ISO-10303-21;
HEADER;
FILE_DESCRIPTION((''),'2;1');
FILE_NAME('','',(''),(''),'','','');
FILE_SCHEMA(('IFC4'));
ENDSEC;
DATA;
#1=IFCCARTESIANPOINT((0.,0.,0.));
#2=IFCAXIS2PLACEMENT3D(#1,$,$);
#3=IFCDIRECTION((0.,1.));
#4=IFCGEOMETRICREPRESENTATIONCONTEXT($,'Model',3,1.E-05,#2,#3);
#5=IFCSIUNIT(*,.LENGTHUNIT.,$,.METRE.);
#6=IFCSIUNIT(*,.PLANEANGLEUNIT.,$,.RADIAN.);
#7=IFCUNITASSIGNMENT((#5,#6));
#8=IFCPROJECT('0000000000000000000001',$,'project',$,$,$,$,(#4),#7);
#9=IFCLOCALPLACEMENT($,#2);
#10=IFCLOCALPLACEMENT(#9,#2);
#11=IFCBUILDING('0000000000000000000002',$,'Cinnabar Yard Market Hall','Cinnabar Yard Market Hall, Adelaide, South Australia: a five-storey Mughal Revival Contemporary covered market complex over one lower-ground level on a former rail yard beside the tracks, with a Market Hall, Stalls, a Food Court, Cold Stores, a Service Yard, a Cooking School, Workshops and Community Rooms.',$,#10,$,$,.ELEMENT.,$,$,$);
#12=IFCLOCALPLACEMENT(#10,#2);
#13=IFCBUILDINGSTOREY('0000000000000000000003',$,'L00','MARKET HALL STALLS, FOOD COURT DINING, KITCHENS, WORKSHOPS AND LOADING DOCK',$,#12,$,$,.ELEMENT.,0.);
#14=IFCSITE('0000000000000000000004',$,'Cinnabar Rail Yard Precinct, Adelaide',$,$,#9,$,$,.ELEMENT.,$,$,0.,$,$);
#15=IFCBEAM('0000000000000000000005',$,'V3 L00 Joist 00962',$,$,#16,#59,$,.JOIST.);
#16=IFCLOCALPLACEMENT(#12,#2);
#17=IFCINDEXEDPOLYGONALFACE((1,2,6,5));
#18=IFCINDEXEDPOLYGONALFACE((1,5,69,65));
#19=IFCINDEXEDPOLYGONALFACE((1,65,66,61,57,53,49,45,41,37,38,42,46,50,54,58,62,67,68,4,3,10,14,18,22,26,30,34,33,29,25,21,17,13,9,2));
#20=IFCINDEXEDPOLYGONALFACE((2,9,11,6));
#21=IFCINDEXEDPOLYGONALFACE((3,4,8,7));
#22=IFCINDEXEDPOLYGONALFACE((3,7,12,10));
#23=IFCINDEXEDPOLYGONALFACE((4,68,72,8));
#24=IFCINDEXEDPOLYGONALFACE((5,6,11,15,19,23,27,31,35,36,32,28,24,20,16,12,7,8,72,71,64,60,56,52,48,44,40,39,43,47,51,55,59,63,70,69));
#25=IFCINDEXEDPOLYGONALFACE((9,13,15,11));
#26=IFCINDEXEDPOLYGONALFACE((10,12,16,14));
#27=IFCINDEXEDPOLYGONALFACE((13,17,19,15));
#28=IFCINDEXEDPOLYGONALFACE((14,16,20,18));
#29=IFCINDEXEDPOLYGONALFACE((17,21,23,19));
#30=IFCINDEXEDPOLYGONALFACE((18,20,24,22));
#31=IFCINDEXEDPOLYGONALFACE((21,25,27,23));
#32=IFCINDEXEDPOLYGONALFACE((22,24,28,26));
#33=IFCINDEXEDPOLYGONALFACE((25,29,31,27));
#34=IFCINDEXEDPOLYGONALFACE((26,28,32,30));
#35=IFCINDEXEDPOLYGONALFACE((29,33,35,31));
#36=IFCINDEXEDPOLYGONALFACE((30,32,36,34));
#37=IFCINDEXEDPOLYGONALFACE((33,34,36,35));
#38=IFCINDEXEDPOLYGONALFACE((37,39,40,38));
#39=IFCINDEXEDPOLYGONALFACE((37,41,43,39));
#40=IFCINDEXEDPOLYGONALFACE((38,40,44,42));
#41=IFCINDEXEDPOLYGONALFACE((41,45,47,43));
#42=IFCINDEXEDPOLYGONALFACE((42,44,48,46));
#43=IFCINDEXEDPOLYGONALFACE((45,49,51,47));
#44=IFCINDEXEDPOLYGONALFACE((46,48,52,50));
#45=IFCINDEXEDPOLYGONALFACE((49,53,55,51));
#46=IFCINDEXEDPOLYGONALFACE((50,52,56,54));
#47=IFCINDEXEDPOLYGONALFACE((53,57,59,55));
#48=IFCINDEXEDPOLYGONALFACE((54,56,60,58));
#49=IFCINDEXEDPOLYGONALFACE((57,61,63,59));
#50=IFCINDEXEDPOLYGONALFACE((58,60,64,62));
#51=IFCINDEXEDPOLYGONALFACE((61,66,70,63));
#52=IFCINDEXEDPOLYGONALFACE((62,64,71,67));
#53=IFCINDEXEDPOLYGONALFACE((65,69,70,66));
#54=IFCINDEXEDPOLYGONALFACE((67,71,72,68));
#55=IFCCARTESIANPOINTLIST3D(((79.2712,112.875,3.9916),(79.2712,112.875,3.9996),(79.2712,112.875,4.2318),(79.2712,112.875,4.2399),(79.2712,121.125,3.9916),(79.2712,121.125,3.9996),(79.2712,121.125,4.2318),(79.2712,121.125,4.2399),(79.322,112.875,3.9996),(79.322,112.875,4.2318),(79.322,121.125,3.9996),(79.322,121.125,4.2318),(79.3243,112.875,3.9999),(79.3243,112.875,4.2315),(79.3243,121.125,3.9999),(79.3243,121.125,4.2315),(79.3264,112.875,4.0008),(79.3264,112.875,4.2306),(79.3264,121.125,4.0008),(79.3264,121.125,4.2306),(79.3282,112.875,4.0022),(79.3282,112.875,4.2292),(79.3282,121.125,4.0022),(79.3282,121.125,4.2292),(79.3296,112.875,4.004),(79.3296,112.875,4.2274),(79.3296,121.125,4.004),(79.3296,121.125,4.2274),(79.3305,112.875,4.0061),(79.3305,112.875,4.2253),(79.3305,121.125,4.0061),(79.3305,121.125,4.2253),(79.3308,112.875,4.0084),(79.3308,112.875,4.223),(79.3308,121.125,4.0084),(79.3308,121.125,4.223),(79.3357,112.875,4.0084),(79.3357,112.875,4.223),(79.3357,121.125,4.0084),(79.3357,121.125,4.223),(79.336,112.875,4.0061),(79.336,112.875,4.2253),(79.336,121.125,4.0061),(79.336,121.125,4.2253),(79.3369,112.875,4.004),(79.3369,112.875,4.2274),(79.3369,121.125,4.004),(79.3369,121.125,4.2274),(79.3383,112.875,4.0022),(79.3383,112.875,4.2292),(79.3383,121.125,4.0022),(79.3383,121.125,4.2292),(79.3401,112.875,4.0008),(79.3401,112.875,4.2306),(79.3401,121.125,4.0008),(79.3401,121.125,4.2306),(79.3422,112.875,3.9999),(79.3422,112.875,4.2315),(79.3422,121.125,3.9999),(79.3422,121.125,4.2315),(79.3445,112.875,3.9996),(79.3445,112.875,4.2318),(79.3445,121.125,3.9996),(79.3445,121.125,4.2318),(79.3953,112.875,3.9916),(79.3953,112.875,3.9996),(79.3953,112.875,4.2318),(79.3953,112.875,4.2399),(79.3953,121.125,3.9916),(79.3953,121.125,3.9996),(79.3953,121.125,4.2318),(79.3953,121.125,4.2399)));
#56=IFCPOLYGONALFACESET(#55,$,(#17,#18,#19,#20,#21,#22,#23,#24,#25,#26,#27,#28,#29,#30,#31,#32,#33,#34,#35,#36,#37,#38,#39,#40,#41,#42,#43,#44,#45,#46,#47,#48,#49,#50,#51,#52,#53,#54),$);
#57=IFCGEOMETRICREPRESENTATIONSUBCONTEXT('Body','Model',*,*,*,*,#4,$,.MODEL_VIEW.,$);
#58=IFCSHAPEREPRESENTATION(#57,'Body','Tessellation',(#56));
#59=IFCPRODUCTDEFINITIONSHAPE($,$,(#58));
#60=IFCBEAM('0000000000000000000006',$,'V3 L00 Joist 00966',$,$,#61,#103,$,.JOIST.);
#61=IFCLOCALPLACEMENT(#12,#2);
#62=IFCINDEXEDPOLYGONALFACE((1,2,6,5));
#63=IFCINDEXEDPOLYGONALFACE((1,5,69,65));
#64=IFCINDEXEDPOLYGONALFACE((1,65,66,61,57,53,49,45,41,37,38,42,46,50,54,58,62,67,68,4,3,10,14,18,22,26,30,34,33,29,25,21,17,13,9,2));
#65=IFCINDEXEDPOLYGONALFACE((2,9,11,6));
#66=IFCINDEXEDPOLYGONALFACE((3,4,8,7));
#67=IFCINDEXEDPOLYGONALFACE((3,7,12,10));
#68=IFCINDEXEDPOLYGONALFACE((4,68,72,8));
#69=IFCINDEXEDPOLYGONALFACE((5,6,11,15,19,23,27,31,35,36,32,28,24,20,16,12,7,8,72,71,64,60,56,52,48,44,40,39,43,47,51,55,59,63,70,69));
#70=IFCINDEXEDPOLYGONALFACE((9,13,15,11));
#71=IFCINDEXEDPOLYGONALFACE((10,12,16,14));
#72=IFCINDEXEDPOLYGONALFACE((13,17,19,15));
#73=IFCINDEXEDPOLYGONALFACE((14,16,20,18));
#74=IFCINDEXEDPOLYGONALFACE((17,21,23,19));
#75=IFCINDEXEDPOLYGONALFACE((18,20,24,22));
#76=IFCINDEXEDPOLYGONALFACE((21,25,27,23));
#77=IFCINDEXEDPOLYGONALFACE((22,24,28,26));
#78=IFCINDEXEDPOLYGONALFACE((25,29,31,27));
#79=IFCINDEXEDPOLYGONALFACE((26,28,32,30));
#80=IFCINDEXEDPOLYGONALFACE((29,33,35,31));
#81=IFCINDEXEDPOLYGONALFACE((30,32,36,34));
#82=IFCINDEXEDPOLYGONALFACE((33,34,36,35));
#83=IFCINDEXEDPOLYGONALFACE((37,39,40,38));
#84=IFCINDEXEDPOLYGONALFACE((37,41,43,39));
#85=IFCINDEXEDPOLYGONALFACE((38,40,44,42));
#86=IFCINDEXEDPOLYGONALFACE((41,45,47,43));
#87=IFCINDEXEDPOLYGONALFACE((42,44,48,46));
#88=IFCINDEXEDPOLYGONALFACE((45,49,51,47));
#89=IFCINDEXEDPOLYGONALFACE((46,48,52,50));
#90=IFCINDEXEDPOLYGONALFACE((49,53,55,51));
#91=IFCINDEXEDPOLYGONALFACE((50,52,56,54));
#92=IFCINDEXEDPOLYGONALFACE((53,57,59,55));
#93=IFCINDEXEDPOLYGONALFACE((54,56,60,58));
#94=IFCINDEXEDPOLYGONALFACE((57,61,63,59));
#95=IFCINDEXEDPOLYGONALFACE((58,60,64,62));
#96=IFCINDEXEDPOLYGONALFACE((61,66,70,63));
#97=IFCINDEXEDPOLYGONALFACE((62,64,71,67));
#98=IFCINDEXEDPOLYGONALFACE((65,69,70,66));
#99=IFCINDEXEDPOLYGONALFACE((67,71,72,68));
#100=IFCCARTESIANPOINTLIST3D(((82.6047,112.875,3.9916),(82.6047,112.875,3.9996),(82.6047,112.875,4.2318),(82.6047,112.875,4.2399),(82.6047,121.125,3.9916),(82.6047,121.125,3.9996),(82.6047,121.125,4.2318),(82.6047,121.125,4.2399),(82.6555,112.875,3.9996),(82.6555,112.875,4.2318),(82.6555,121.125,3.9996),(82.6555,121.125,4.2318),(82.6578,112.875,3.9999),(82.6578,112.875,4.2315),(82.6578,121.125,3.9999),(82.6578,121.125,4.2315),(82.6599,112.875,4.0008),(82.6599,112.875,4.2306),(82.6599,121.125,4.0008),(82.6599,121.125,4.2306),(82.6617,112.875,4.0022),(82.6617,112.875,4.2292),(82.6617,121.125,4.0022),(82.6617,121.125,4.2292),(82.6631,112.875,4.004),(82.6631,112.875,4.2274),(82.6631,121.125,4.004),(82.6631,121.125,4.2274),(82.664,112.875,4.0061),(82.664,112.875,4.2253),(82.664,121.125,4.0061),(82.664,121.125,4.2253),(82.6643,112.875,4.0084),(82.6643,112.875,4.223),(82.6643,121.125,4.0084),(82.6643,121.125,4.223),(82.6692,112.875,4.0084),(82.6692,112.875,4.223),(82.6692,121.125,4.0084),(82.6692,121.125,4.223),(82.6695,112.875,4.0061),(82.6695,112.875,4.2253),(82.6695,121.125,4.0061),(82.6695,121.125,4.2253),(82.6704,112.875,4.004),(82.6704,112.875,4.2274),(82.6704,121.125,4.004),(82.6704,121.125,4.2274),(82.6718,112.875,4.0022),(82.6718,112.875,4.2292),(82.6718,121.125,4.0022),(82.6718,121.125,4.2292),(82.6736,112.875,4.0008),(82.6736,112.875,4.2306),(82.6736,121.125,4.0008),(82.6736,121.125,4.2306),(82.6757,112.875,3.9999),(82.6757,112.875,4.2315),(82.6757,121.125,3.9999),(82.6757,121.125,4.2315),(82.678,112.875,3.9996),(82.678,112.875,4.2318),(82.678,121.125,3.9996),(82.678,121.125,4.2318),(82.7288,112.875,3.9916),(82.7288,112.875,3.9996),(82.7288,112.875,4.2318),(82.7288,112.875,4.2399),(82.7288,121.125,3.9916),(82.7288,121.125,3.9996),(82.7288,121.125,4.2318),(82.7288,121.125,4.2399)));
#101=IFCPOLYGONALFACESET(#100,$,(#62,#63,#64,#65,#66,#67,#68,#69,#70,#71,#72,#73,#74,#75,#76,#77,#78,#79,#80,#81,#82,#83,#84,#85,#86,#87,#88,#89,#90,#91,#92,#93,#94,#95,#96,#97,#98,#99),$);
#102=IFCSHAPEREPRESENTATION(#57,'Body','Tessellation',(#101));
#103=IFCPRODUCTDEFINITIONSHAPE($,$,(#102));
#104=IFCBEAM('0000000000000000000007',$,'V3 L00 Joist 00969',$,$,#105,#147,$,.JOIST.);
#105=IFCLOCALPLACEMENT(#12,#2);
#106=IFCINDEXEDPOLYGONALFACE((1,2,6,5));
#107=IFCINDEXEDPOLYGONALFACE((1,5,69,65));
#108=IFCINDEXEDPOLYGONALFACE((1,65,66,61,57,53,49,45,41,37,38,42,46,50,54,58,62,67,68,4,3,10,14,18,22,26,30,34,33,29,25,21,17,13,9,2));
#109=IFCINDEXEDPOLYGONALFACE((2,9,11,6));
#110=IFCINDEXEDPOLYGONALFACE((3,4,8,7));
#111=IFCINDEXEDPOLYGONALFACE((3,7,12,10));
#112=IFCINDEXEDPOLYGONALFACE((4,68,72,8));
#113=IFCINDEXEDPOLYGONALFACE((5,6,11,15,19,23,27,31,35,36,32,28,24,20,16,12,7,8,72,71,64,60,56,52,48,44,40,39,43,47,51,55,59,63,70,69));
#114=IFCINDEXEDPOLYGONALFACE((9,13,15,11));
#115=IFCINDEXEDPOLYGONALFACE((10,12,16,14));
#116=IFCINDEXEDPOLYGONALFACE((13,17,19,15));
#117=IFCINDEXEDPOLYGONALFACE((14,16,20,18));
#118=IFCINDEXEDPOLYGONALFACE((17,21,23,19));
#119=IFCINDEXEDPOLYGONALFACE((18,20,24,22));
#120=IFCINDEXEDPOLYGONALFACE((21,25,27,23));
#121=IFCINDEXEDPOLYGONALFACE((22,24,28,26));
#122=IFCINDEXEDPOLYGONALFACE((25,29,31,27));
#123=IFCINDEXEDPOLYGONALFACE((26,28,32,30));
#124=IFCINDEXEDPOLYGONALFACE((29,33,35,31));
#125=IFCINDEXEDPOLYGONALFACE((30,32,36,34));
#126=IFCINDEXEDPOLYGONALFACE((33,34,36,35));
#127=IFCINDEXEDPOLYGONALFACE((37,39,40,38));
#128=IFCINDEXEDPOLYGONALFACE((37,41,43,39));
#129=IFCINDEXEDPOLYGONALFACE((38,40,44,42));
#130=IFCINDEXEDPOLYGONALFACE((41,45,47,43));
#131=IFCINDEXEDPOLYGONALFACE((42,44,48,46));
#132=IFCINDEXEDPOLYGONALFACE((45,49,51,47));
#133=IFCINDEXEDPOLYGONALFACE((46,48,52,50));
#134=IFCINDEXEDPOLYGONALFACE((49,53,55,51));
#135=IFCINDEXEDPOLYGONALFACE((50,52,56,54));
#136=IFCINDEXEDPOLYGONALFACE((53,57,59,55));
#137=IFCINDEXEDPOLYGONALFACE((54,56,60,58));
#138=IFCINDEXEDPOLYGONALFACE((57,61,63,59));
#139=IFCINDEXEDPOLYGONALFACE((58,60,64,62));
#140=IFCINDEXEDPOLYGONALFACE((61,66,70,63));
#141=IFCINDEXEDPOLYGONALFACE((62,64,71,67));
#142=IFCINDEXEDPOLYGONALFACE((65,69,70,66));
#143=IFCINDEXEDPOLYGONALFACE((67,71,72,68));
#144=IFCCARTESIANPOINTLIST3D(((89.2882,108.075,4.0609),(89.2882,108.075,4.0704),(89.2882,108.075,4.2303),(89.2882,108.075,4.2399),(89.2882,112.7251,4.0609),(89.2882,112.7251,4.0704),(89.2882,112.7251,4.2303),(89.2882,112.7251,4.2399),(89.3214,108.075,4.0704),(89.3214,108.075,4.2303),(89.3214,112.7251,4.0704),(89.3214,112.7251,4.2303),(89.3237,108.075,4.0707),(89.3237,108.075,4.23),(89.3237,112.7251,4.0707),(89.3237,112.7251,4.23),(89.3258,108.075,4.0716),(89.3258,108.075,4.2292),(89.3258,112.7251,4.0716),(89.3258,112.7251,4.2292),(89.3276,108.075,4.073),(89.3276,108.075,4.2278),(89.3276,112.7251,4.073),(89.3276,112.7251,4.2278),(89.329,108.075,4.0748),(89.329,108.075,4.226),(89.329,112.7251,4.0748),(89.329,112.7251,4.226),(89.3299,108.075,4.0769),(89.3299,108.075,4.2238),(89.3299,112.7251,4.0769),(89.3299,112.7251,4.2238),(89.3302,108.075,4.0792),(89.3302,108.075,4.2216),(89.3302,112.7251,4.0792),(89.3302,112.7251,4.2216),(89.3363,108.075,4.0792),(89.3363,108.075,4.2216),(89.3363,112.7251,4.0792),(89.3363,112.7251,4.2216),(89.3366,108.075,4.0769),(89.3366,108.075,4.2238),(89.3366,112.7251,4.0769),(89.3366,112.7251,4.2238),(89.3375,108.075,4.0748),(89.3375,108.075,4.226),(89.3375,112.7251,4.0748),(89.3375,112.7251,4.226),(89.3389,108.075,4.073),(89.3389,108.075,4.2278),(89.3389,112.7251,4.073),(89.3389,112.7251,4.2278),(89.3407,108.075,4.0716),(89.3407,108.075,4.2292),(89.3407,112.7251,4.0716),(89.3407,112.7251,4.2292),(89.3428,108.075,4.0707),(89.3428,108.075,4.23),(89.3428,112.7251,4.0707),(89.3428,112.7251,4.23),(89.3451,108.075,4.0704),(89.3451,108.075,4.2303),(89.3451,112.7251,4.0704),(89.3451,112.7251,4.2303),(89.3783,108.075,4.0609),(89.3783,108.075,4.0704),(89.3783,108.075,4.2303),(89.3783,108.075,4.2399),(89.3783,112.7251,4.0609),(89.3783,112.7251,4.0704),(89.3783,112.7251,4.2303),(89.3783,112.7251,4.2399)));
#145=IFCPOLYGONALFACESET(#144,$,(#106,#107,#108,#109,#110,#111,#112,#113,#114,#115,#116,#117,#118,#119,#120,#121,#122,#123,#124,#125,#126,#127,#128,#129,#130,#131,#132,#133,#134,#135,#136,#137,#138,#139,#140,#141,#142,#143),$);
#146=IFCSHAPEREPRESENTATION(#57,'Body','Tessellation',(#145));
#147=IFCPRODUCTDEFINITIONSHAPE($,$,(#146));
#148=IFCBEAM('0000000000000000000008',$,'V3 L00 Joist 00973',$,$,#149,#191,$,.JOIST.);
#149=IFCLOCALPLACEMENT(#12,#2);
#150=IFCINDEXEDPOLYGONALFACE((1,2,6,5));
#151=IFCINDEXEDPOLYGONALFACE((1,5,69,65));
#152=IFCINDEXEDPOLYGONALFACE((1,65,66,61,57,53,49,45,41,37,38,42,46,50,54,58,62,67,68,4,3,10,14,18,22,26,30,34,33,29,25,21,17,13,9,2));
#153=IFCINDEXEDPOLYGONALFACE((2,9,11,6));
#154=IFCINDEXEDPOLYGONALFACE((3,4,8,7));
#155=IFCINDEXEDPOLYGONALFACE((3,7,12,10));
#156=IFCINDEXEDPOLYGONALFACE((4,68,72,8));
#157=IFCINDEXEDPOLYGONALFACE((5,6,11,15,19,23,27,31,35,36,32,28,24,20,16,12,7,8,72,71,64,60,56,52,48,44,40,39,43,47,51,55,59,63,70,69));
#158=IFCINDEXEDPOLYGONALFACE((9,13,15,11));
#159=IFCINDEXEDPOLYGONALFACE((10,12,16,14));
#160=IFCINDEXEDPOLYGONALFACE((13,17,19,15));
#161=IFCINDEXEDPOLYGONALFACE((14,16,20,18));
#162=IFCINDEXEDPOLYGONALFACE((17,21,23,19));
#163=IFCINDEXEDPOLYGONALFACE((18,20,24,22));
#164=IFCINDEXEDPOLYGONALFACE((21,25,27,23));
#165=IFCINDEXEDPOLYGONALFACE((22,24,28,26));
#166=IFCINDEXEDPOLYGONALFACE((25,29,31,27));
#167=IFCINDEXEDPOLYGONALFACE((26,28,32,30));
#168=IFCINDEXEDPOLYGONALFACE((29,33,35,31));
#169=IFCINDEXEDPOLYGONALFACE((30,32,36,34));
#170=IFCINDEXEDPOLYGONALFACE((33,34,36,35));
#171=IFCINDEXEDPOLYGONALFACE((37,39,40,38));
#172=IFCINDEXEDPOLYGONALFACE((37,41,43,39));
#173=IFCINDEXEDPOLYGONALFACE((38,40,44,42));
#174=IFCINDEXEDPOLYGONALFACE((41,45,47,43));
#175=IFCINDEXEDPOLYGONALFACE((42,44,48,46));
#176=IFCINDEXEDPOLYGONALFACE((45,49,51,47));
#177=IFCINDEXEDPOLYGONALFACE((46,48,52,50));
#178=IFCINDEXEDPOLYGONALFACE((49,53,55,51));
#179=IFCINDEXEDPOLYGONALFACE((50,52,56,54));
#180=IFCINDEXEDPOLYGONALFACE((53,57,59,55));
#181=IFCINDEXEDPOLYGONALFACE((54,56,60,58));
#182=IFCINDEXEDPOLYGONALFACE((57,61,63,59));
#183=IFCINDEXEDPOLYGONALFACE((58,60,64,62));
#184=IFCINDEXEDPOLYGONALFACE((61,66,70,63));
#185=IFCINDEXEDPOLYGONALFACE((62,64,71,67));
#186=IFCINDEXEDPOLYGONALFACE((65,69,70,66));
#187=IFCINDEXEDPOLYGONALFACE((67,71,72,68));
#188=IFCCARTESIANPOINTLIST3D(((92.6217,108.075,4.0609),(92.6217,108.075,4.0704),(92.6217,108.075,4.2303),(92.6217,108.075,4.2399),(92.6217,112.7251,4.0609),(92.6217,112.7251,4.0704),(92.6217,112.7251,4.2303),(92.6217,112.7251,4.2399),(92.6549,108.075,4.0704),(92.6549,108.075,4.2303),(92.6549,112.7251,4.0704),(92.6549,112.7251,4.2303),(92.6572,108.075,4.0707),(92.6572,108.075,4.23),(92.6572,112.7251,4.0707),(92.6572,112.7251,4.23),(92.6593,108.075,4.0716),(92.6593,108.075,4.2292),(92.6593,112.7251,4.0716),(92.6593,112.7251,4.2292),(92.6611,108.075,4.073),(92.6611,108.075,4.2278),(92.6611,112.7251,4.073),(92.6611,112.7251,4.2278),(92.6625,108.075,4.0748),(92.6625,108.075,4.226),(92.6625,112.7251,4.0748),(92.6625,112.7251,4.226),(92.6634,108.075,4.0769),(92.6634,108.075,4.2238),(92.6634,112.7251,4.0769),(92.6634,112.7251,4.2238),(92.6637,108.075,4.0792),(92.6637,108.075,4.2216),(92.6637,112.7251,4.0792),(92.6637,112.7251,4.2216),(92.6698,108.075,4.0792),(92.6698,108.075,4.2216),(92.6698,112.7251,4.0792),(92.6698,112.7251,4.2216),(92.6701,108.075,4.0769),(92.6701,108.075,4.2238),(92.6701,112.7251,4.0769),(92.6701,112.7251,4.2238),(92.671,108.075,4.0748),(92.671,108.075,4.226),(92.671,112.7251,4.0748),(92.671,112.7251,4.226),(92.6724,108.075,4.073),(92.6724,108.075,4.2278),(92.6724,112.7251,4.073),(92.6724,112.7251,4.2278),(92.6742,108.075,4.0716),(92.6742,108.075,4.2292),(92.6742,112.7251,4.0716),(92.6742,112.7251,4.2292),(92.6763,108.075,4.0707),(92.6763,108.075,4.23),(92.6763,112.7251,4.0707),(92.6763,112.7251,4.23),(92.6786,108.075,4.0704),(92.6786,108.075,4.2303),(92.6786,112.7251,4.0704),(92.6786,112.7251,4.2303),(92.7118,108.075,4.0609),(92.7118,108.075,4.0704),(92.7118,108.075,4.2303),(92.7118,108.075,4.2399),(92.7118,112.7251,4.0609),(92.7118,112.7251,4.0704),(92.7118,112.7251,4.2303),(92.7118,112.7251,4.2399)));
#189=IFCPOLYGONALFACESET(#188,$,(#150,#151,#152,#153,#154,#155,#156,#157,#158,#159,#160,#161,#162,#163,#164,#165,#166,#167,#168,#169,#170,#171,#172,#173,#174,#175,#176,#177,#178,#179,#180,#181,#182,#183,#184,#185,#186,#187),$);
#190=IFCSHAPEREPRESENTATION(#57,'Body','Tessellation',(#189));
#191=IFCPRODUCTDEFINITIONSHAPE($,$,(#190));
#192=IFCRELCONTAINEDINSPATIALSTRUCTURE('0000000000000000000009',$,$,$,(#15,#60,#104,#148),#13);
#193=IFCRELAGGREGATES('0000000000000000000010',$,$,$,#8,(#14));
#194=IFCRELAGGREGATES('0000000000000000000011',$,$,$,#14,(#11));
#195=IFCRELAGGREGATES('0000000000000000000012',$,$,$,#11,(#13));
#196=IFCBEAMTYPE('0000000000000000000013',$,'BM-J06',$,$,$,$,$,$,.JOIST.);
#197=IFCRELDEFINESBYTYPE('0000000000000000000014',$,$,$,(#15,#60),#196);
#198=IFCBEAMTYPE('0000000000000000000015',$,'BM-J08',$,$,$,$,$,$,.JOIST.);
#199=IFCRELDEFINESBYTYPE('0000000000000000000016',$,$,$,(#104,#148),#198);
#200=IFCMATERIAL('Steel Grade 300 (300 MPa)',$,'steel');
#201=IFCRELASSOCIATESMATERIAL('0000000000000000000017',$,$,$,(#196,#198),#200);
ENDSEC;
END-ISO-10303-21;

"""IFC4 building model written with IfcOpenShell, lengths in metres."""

from ifc_helpers import new_model, si_unit, direction, frame, origin, origin_2d_with_axis, place, context, subcontext, project, spatial, i_section, extrude, material, material_profile, profile_set, type_object, element, save


model = new_model("IFC4")

# Units and contexts
model_context = context("Model", 3, precision=1e-05, world=origin(), true_north=direction((0.0, 1.0)))
body_context = subcontext(model_context, "Body", "Model", "MODEL_VIEW")
ifc_project = project(units=[si_unit("LENGTHUNIT", "METRE"), si_unit("PLANEANGLEUNIT", "RADIAN")], contexts=[model_context])

# Site, building, storey
site_placement = place(None, origin())
site = spatial("IfcSite", under=ifc_project, at=site_placement, Name="Cinnabar Rail Yard Precinct, Adelaide", CompositionType="ELEMENT", RefElevation=0.0)
building_placement = place(site_placement, origin())
building = spatial("IfcBuilding", under=site, at=building_placement, Name="Cinnabar Yard Market Hall", Description="Cinnabar Yard Market Hall, Adelaide, South Australia: a five-storey Mughal Revival Contemporary covered market complex over one lower-ground level on a former rail yard beside the tracks, with a Market Hall, Stalls, a Food Court, Cold Stores, a Service Yard, a Cooking School, Workshops and Community Rooms.", CompositionType="ELEMENT")
storey_placement = place(building_placement, origin())
storey = spatial("IfcBuildingStorey", under=building, at=storey_placement, Name="L00", Description="MARKET HALL STALLS, FOOD COURT DINING, KITCHENS, WORKSHOPS AND LOADING DOCK", CompositionType="ELEMENT", Elevation=0.0)

# Shared definitions
ifc_material_1 = material(Name="Steel Grade 300 (300 MPa)", Category="steel")

# Beams
ifc_material_profile_1 = material_profile(ifc_material_1, i_section(OverallWidth=0.124, OverallDepth=0.2483, WebThickness=0.0049, FlangeThickness=0.0081, FilletRadius=0.0088, at=origin_2d_with_axis()), Name="250UB25.7")
ifc_profile_set_1 = profile_set([ifc_material_profile_1], Name="Steel Grade 300 (300 MPa)")
beam_type_1 = type_object("IfcBeamType", Name="BM-J06", PredefinedType="JOIST", material=ifc_profile_set_1)
for number, where, z_axis, x_axis, name in (
    (1, (79.3333, 112.875, 4.1157), (0.0, 1.0, 0.0), (-1.0, 0.0, 0.0), "V3 L00 Joist 00962"),
    (2, (82.6667, 112.875, 4.1157), (0.0, 1.0, 0.0), (-1.0, 0.0, 0.0), "V3 L00 Joist 00966"),
):
    element("IfcBeam", number, at=place(storey_placement, frame(where, z_axis=z_axis, x_axis=x_axis)), inside=storey, type_object=beam_type_1, Name=name, PredefinedType="JOIST", context=body_context, shape_type="SweptSolid", body=[
        extrude(i_section(OverallWidth=0.124, OverallDepth=0.2483, WebThickness=0.0049, FlangeThickness=0.0081, FilletRadius=0.0088, at=origin_2d_with_axis()), origin(), (0.0, 0.0, 1.0), 8.25),
    ])
ifc_material_profile_2 = material_profile(ifc_material_1, i_section(OverallWidth=0.0901, OverallDepth=0.179, WebThickness=0.0061, FlangeThickness=0.0095, FilletRadius=0.0088, at=origin_2d_with_axis()), Name="180UB22.2")
ifc_profile_set_2 = profile_set([ifc_material_profile_2], Name="Steel Grade 300 (300 MPa)")
beam_type_2 = type_object("IfcBeamType", Name="BM-J08", PredefinedType="JOIST", material=ifc_profile_set_2)
for number, where, z_axis, x_axis, name in (
    (3, (89.3333, 108.075, 4.1504), (0.0, 1.0, 0.0), (-1.0, 0.0, 0.0), "V3 L00 Joist 00969"),
    (4, (92.6667, 108.075, 4.1504), (0.0, 1.0, 0.0), (-1.0, 0.0, 0.0), "V3 L00 Joist 00973"),
):
    element("IfcBeam", number, at=place(storey_placement, frame(where, z_axis=z_axis, x_axis=x_axis)), inside=storey, type_object=beam_type_2, Name=name, PredefinedType="JOIST", context=body_context, shape_type="SweptSolid", body=[
        extrude(i_section(OverallWidth=0.0901, OverallDepth=0.179, WebThickness=0.0061, FlangeThickness=0.0095, FilletRadius=0.0088, at=origin_2d_with_axis()), origin(), (0.0, 0.0, 1.0), 4.6501),
    ])

save(model, "model.ifc")
